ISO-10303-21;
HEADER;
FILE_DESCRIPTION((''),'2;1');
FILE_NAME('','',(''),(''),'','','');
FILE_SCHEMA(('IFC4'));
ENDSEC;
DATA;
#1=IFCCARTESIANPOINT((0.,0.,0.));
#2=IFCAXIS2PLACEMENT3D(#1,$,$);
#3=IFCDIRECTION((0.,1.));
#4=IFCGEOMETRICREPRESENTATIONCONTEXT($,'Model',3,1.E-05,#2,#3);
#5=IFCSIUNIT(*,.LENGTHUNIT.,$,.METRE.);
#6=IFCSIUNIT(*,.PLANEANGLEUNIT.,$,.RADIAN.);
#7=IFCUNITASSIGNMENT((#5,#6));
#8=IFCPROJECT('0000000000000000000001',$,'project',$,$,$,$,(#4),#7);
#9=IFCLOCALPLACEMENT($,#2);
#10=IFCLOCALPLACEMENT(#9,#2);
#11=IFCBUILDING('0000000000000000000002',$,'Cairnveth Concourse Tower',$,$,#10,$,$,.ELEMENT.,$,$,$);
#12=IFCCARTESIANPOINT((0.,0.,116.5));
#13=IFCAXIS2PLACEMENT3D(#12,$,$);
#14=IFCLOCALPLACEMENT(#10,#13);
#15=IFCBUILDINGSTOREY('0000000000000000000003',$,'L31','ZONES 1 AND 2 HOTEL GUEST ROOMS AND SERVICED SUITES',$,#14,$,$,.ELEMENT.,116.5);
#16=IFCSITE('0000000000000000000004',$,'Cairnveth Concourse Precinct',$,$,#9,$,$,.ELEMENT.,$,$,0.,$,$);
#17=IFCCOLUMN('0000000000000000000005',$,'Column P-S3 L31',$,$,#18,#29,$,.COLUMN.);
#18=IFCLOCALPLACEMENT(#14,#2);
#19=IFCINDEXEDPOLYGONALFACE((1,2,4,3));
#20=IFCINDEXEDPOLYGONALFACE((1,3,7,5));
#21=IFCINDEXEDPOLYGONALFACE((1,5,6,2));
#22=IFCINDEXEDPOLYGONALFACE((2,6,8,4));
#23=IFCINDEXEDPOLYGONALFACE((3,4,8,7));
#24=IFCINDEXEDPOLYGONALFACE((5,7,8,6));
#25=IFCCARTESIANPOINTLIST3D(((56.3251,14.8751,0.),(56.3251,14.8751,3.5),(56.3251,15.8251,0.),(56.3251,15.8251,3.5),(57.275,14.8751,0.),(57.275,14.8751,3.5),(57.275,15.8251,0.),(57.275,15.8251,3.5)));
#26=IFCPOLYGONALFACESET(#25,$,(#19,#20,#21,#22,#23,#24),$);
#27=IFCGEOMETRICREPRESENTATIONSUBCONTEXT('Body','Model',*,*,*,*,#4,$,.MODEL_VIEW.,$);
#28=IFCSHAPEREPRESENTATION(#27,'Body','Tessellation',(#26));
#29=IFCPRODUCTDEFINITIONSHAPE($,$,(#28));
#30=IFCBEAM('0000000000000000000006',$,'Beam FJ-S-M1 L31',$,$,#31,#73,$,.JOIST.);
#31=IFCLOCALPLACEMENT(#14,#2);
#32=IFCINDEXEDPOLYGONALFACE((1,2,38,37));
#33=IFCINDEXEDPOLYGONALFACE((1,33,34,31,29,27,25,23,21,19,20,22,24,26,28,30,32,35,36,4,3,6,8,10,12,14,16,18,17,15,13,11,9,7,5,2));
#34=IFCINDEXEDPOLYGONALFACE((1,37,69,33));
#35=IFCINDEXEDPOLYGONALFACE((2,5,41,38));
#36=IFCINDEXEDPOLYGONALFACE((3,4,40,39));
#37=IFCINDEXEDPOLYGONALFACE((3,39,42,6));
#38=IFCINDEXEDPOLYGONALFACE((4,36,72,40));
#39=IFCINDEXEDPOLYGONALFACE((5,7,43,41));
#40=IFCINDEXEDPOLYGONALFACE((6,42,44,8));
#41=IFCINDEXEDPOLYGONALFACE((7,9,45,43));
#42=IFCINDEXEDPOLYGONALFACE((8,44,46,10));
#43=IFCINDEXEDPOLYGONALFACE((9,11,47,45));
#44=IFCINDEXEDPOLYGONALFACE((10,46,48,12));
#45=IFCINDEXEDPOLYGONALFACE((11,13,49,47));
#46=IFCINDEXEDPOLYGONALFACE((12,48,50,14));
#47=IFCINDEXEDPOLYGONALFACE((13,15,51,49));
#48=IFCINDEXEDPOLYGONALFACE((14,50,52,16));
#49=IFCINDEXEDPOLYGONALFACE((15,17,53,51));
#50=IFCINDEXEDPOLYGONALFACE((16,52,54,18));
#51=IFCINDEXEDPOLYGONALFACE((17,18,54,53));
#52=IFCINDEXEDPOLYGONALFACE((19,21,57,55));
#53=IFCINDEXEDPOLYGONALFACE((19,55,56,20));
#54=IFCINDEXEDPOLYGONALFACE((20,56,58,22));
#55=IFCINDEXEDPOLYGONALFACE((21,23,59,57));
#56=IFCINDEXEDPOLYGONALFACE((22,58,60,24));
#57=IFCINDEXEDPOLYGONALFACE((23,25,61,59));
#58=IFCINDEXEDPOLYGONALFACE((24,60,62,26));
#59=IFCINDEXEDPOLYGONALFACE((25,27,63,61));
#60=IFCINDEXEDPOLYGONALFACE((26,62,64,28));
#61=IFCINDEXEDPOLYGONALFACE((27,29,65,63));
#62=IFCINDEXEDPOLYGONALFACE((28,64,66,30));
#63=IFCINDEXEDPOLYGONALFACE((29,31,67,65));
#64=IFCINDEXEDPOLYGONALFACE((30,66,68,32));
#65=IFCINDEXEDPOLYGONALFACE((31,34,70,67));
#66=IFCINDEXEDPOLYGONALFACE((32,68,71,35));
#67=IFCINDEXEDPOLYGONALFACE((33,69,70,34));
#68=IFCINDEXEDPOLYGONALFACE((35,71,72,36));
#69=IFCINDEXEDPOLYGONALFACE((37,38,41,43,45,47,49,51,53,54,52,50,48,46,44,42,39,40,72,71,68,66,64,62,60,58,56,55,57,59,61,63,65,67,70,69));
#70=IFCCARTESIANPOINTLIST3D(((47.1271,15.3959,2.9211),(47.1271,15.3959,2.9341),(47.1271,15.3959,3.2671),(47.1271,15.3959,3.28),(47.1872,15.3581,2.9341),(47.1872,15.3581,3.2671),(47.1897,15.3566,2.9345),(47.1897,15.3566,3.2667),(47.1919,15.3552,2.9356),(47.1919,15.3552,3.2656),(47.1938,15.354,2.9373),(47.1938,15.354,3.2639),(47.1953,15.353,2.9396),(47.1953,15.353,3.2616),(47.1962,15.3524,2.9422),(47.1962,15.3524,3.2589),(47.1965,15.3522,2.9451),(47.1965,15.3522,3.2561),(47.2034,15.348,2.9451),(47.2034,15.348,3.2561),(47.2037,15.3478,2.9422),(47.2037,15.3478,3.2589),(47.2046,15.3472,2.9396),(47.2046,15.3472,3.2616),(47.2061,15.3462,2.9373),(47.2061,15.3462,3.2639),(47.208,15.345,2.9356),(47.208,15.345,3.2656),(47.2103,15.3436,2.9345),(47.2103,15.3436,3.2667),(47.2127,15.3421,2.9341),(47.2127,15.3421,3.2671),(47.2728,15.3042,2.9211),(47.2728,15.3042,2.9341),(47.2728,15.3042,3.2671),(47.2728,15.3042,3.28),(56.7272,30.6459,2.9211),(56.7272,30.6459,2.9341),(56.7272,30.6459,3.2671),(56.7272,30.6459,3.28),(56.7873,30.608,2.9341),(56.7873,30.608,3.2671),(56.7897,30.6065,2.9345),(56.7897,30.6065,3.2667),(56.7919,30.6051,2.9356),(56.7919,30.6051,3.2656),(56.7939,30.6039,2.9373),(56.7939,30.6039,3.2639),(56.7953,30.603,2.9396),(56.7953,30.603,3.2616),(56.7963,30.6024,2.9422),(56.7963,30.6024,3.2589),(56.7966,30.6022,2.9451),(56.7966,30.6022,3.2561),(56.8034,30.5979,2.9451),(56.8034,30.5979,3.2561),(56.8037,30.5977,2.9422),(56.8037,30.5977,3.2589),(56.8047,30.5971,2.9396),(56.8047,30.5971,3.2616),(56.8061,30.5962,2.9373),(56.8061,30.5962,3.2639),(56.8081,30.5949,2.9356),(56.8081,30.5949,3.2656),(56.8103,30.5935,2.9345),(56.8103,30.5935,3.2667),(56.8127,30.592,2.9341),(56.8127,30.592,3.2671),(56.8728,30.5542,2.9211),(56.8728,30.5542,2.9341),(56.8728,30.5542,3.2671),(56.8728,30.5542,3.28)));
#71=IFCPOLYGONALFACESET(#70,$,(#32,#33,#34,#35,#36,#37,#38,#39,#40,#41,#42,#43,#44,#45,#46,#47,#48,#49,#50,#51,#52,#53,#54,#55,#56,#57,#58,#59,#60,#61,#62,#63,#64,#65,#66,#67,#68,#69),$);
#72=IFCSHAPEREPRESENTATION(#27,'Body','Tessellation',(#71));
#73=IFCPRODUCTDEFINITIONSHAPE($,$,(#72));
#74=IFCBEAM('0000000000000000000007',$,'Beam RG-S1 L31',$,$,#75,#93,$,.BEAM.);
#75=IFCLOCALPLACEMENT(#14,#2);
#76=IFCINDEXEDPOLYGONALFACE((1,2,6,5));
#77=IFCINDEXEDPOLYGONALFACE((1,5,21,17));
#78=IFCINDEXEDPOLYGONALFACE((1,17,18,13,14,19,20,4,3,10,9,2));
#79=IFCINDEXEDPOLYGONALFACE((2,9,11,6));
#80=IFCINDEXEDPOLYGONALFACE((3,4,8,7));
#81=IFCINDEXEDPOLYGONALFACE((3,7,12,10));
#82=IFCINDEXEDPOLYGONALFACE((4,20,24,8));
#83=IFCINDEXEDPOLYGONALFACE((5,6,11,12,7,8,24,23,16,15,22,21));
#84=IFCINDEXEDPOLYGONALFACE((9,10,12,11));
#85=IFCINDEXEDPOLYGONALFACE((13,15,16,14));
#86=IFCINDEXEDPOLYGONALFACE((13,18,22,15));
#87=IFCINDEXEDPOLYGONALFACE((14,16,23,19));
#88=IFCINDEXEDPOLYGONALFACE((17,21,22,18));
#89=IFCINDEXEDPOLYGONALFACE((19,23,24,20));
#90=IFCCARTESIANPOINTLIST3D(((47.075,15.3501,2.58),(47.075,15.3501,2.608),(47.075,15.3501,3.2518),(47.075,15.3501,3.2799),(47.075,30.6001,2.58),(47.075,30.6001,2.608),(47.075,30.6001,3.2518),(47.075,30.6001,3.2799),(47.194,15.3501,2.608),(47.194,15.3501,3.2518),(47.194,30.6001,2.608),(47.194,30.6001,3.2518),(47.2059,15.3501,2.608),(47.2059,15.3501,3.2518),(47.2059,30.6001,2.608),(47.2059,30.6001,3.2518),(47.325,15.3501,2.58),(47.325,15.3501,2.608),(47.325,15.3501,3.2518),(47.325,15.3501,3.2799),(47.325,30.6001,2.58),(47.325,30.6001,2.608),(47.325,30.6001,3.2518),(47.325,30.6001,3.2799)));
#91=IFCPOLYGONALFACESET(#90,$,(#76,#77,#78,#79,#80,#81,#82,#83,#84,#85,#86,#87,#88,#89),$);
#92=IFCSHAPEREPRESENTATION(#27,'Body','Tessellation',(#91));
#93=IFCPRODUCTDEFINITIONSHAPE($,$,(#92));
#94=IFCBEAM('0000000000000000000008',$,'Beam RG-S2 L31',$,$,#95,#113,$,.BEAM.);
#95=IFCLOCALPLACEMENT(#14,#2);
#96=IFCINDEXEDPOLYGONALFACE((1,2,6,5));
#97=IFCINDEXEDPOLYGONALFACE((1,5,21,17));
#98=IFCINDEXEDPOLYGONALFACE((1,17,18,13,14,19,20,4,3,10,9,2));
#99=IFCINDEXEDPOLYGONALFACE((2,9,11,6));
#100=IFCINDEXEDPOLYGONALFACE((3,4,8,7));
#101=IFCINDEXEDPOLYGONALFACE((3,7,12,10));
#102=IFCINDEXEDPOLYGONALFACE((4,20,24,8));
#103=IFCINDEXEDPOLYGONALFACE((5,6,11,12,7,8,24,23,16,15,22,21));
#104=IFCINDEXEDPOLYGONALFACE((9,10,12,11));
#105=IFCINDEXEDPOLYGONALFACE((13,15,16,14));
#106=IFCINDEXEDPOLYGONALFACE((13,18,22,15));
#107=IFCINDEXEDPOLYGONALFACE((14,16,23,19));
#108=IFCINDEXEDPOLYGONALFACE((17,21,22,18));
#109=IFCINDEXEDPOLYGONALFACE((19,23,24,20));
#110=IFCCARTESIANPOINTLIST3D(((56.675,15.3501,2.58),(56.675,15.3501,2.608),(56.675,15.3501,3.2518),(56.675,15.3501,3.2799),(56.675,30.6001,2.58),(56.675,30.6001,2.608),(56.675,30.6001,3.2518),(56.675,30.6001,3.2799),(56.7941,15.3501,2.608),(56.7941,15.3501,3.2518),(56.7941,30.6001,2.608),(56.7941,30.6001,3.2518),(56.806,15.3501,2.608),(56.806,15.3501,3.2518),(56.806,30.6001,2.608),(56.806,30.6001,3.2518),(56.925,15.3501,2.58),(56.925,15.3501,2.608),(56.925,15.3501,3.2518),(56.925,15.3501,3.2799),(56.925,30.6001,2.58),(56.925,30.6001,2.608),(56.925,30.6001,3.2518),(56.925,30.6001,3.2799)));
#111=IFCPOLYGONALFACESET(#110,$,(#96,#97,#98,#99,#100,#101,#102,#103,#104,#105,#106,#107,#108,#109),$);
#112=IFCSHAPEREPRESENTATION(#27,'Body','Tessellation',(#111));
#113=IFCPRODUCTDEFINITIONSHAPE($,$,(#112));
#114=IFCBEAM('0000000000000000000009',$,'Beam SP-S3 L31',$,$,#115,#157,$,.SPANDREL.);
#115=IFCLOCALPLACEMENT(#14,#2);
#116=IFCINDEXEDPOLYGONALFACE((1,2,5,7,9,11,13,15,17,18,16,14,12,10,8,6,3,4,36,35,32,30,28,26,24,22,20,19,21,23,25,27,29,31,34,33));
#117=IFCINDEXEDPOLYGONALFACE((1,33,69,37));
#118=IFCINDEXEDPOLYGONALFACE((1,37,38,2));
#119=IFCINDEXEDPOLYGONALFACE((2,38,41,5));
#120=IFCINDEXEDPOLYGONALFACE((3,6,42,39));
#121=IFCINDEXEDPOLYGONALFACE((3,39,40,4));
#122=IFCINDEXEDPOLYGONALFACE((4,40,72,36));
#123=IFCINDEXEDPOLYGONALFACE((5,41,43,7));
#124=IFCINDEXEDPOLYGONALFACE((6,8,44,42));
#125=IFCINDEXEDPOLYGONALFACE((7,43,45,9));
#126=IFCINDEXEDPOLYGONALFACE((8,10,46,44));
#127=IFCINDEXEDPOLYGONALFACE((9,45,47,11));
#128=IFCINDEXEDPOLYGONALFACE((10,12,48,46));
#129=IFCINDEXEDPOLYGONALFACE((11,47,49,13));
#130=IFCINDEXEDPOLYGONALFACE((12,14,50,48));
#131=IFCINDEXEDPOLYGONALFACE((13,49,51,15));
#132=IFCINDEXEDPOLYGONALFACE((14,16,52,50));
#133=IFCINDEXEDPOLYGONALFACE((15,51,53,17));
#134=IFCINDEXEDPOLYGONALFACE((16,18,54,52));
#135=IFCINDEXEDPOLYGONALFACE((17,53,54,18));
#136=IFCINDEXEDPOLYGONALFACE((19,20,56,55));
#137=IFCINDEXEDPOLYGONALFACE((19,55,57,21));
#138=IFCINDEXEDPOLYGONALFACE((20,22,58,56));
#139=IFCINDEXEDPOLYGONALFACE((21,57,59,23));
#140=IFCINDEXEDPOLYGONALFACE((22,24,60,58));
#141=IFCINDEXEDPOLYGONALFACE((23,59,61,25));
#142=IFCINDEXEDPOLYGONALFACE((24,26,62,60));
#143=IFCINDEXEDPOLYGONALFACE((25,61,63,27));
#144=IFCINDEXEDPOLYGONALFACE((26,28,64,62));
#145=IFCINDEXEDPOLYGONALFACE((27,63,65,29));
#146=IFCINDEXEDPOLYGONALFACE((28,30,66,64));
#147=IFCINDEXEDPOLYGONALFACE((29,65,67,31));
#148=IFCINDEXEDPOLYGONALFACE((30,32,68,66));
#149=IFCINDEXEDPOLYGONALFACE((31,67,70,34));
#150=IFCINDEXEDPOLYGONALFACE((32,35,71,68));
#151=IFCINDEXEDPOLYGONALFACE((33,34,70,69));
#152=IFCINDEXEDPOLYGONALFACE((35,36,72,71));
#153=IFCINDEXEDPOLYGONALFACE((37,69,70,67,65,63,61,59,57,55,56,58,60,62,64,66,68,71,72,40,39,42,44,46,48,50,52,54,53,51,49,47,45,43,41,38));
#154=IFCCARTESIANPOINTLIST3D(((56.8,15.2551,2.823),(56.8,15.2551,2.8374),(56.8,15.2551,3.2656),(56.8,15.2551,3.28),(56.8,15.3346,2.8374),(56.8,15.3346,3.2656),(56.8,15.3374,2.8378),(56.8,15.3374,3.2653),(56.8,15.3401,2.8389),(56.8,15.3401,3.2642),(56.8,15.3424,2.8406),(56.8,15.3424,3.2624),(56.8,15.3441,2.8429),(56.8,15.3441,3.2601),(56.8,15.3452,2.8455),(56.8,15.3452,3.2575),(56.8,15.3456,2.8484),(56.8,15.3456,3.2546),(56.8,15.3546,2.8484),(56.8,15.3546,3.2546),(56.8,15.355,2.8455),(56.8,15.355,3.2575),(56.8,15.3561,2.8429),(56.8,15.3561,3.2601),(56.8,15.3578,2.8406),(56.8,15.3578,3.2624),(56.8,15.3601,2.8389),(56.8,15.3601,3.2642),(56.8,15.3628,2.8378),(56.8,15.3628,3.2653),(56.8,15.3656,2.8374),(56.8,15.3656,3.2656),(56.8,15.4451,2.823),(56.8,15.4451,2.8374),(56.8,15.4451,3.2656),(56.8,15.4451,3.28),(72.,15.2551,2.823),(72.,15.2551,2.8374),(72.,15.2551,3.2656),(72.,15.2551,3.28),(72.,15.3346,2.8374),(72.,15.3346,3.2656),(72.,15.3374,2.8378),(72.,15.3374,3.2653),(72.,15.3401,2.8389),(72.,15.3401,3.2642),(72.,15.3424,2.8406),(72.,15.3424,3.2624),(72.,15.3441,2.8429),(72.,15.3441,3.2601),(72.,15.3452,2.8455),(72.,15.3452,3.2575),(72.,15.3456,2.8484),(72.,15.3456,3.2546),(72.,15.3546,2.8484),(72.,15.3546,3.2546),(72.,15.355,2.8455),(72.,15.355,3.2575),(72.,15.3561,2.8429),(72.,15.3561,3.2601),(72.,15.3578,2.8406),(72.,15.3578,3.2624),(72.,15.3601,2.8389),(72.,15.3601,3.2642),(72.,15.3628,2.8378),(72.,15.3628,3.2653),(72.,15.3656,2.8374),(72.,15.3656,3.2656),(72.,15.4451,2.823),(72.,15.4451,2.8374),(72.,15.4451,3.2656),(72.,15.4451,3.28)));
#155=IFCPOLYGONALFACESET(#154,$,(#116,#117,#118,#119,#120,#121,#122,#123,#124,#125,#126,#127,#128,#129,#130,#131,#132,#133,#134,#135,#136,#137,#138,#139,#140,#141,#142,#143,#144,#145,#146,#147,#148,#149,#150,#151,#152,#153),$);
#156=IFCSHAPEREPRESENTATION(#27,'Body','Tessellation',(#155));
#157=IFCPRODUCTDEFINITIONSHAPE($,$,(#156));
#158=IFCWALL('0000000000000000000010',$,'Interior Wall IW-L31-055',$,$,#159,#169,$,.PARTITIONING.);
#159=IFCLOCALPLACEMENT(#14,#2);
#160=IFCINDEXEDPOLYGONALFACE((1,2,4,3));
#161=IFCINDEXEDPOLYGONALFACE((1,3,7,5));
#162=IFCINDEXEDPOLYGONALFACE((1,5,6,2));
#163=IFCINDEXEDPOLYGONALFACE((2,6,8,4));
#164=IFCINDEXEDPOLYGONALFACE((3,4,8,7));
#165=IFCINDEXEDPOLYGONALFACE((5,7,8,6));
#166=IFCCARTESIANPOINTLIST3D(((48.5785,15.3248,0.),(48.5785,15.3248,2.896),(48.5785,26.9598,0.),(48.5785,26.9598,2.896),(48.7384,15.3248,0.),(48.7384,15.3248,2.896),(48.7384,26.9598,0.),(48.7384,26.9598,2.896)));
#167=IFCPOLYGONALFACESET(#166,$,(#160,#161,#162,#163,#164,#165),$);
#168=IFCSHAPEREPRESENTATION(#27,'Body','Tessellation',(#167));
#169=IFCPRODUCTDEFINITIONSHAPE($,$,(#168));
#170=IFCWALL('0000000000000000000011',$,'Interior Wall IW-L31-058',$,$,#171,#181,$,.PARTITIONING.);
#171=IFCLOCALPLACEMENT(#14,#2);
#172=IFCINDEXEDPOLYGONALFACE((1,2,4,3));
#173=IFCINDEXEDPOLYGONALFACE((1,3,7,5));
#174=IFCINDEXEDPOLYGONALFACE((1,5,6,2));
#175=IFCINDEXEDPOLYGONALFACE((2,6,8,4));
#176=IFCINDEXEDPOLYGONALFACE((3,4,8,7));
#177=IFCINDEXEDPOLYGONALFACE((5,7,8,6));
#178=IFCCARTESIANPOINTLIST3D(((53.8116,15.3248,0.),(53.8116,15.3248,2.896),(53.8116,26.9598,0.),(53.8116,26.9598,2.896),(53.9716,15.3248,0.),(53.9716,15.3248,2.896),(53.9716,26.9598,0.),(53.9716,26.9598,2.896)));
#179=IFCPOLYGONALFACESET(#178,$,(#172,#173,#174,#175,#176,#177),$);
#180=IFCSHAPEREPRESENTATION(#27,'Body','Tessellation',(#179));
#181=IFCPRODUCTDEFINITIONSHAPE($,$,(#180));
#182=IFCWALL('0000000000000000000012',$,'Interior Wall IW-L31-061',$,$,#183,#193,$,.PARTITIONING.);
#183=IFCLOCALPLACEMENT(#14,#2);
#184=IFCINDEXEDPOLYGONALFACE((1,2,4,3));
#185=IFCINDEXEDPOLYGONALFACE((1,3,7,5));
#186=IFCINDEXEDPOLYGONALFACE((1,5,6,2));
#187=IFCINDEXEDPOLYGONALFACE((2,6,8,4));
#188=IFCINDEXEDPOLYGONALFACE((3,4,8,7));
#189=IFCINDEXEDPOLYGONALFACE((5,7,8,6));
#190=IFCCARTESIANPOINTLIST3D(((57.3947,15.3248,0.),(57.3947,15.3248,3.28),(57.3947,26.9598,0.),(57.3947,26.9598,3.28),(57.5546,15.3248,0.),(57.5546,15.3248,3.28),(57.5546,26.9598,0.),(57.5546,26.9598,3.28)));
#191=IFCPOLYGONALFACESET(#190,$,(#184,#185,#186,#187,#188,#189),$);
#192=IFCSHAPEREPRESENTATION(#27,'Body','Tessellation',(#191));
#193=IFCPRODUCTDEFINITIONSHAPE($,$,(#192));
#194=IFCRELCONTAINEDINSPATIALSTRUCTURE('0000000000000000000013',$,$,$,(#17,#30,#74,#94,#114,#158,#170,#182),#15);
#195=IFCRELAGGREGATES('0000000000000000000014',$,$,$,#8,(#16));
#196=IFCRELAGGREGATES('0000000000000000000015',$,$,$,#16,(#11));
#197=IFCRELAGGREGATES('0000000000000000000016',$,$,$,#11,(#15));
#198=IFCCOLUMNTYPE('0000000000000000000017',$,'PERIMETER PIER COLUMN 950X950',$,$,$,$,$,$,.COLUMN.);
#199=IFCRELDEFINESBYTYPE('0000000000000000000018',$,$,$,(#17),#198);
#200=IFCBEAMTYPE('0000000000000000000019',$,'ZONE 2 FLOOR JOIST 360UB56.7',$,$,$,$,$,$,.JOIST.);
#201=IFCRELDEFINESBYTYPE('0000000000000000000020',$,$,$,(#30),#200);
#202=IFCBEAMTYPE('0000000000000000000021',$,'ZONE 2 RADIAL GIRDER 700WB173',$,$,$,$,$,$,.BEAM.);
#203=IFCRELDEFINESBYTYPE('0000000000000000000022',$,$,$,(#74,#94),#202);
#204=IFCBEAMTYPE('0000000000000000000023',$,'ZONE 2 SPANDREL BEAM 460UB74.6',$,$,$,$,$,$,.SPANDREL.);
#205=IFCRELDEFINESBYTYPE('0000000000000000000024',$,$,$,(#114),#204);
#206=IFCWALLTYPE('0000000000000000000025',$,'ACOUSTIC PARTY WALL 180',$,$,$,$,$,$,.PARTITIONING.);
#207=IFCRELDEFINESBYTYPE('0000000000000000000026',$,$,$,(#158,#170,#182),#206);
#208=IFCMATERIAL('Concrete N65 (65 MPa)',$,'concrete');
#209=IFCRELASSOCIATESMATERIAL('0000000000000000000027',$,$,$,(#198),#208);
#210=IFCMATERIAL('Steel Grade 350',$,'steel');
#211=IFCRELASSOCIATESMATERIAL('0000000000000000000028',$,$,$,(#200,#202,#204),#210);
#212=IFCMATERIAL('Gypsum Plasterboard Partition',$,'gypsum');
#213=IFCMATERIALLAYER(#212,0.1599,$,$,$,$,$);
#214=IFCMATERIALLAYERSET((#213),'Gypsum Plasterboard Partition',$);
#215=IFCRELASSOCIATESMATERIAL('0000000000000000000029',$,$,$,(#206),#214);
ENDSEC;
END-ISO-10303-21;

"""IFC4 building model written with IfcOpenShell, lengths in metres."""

from ifc_helpers import new_model, si_unit, direction, frame, frame_2d, origin, origin_2d, place, context, subcontext, project, spatial, rectangle, i_section, extrude, material, layer, layer_set, material_profile, profile_set, type_object, element, save


model = new_model("IFC4")

# Units and contexts
model_context = context("Model", 3, precision=1e-05, world=origin(), true_north=direction((0.0, 1.0)))
body_context = subcontext(model_context, "Body", "Model", "MODEL_VIEW")
ifc_project = project(units=[si_unit("LENGTHUNIT", "METRE"), si_unit("PLANEANGLEUNIT", "RADIAN")], contexts=[model_context])

# Site, building, storey
site_placement = place(None, origin())
site = spatial("IfcSite", under=ifc_project, at=site_placement, Name="Cairnveth Concourse Precinct", CompositionType="ELEMENT", RefElevation=0.0)
building_placement = place(site_placement, origin())
building = spatial("IfcBuilding", under=site, at=building_placement, Name="Cairnveth Concourse Tower", CompositionType="ELEMENT")
storey_placement = place(building_placement, frame((0.0, 0.0, 116.5)))
storey = spatial("IfcBuildingStorey", under=building, at=storey_placement, Name="L31", Description="ZONES 1 AND 2 HOTEL GUEST ROOMS AND SERVICED SUITES", CompositionType="ELEMENT", Elevation=116.5)

# Column
ifc_material_1 = material(Name="Concrete N65 (65 MPa)", Category="concrete")
ifc_material_profile_1 = material_profile(ifc_material_1, rectangle(XDim=0.95, YDim=0.95, at=origin_2d()), Name="RC-COL-950x950")
ifc_profile_set_1 = profile_set([ifc_material_profile_1], Name="Concrete N65 (65 MPa)")
column_type = type_object("IfcColumnType", Name="PERIMETER PIER COLUMN 950X950", PredefinedType="COLUMN", material=ifc_profile_set_1)
column_placement = place(storey_placement, frame((56.8, 15.3501, 0.0), z_axis=(0.0, 0.0, 1.0), x_axis=(1.0, 0.0, 0.0)))
element("IfcColumn", 1, at=column_placement, inside=storey, type_object=column_type, Name="Column P-S3 L31", PredefinedType="COLUMN", context=body_context, shape_type="SweptSolid", body=[
    extrude(rectangle(XDim=0.95, YDim=0.95, at=origin_2d()), origin(), (0.0, 0.0, 1.0), 3.5),
])

# Beams
ifc_material_2 = material(Name="Steel Grade 350", Category="steel")
ifc_material_profile_2 = material_profile(ifc_material_2, i_section(OverallWidth=0.1721, OverallDepth=0.3589, WebThickness=0.0081, FlangeThickness=0.0129, FilletRadius=0.011, at=origin_2d()), Name="360UB56.7")
ifc_profile_set_2 = profile_set([ifc_material_profile_2], Name="Steel Grade 350")
beam_type_1 = type_object("IfcBeamType", Name="ZONE 2 FLOOR JOIST 360UB56.7", PredefinedType="JOIST", material=ifc_profile_set_2)
beam_1_placement = place(storey_placement, frame((47.2, 15.3501, 3.1006), z_axis=(0.532744, 0.846277, 0.0), x_axis=(-0.846277, 0.532744, 0.0)))
element("IfcBeam", 2, at=beam_1_placement, inside=storey, type_object=beam_type_1, Name="Beam FJ-S-M1 L31", PredefinedType="JOIST", context=body_context, shape_type="SweptSolid", body=[
    extrude(i_section(OverallWidth=0.1721, OverallDepth=0.3589, WebThickness=0.0081, FlangeThickness=0.0129, FilletRadius=0.011, at=origin_2d()), origin(), (0.0, 0.0, 1.0), 18.02),
])
ifc_material_profile_3 = material_profile(ifc_material_2, i_section(OverallWidth=0.25, OverallDepth=0.7, WebThickness=0.012, FlangeThickness=0.0281, at=origin_2d()), Name="700WB173")
ifc_profile_set_3 = profile_set([ifc_material_profile_3], Name="Steel Grade 350")
beam_type_2 = type_object("IfcBeamType", Name="ZONE 2 RADIAL GIRDER 700WB173", PredefinedType="BEAM", material=ifc_profile_set_3)
for number, where, z_axis, x_axis, name in (
    (3, (47.2, 15.3501, 2.9299), (0.0, 1.0, 0.0), (-1.0, 0.0, 0.0), "Beam RG-S1 L31"),
    (4, (56.8, 15.3501, 2.9299), (0.0, 1.0, 0.0), (-1.0, 0.0, 0.0), "Beam RG-S2 L31"),
):
    element("IfcBeam", number, at=place(storey_placement, frame(where, z_axis=z_axis, x_axis=x_axis)), inside=storey, type_object=beam_type_2, Name=name, PredefinedType="BEAM", context=body_context, shape_type="SweptSolid", body=[
        extrude(i_section(OverallWidth=0.25, OverallDepth=0.7, WebThickness=0.012, FlangeThickness=0.0281, at=origin_2d()), origin(), (0.0, 0.0, 1.0), 15.25),
    ])
ifc_material_profile_4 = material_profile(ifc_material_2, i_section(OverallWidth=0.1899, OverallDepth=0.457, WebThickness=0.009, FlangeThickness=0.0144, FilletRadius=0.011, at=origin_2d()), Name="460UB74.6")
ifc_profile_set_4 = profile_set([ifc_material_profile_4], Name="Steel Grade 350")
beam_type_3 = type_object("IfcBeamType", Name="ZONE 2 SPANDREL BEAM 460UB74.6", PredefinedType="SPANDREL", material=ifc_profile_set_4)
beam_2_placement = place(storey_placement, frame((56.8, 15.3501, 3.0515), z_axis=(1.0, 0.0, 0.0), x_axis=(0.0, 1.0, 0.0)))
element("IfcBeam", 5, at=beam_2_placement, inside=storey, type_object=beam_type_3, Name="Beam SP-S3 L31", PredefinedType="SPANDREL", context=body_context, shape_type="SweptSolid", body=[
    extrude(i_section(OverallWidth=0.1899, OverallDepth=0.457, WebThickness=0.009, FlangeThickness=0.0144, FilletRadius=0.011, at=origin_2d()), origin(), (0.0, 0.0, 1.0), 15.2),
])

# Walls
ifc_material_3 = material(Name="Gypsum Plasterboard Partition", Category="gypsum")
ifc_layer_1 = layer(ifc_material_3, 0.1599)
ifc_layer_set_1 = layer_set([ifc_layer_1], Name="Gypsum Plasterboard Partition")
wall_type_1 = type_object("IfcWallType", Name="ACOUSTIC PARTY WALL 180", PredefinedType="PARTITIONING", material=ifc_layer_set_1)
for number, where, z_axis, x_axis, name in (
    (6, (48.6584, 15.325, 0.0), (0.0, 0.0, 1.0), (0.0, 1.0, 0.0), "Interior Wall IW-L31-055"),
    (7, (53.8916, 15.325, 0.0), (0.0, 0.0, 1.0), (0.0, 1.0, 0.0), "Interior Wall IW-L31-058"),
):
    element("IfcWall", number, at=place(storey_placement, frame(where, z_axis=z_axis, x_axis=x_axis)), inside=storey, type_object=wall_type_1, Name=name, PredefinedType="PARTITIONING", context=body_context, shape_type="SweptSolid", body=[
        extrude(rectangle(XDim=11.635, YDim=0.1599, at=frame_2d((5.8174, 0.0))), origin(), (0.0, 0.0, 1.0), 2.896),
    ])
wall_1_placement = place(storey_placement, frame((57.4746, 15.325, 0.0), z_axis=(0.0, 0.0, 1.0), x_axis=(0.0, 1.0, 0.0)))
element("IfcWall", 8, at=wall_1_placement, inside=storey, type_object=wall_type_1, Name="Interior Wall IW-L31-061", PredefinedType="PARTITIONING", context=body_context, shape_type="SweptSolid", body=[
    extrude(rectangle(XDim=11.635, YDim=0.1599, at=frame_2d((5.8174, 0.0))), origin(), (0.0, 0.0, 1.0), 3.28),
])

save(model, "model.ifc")
